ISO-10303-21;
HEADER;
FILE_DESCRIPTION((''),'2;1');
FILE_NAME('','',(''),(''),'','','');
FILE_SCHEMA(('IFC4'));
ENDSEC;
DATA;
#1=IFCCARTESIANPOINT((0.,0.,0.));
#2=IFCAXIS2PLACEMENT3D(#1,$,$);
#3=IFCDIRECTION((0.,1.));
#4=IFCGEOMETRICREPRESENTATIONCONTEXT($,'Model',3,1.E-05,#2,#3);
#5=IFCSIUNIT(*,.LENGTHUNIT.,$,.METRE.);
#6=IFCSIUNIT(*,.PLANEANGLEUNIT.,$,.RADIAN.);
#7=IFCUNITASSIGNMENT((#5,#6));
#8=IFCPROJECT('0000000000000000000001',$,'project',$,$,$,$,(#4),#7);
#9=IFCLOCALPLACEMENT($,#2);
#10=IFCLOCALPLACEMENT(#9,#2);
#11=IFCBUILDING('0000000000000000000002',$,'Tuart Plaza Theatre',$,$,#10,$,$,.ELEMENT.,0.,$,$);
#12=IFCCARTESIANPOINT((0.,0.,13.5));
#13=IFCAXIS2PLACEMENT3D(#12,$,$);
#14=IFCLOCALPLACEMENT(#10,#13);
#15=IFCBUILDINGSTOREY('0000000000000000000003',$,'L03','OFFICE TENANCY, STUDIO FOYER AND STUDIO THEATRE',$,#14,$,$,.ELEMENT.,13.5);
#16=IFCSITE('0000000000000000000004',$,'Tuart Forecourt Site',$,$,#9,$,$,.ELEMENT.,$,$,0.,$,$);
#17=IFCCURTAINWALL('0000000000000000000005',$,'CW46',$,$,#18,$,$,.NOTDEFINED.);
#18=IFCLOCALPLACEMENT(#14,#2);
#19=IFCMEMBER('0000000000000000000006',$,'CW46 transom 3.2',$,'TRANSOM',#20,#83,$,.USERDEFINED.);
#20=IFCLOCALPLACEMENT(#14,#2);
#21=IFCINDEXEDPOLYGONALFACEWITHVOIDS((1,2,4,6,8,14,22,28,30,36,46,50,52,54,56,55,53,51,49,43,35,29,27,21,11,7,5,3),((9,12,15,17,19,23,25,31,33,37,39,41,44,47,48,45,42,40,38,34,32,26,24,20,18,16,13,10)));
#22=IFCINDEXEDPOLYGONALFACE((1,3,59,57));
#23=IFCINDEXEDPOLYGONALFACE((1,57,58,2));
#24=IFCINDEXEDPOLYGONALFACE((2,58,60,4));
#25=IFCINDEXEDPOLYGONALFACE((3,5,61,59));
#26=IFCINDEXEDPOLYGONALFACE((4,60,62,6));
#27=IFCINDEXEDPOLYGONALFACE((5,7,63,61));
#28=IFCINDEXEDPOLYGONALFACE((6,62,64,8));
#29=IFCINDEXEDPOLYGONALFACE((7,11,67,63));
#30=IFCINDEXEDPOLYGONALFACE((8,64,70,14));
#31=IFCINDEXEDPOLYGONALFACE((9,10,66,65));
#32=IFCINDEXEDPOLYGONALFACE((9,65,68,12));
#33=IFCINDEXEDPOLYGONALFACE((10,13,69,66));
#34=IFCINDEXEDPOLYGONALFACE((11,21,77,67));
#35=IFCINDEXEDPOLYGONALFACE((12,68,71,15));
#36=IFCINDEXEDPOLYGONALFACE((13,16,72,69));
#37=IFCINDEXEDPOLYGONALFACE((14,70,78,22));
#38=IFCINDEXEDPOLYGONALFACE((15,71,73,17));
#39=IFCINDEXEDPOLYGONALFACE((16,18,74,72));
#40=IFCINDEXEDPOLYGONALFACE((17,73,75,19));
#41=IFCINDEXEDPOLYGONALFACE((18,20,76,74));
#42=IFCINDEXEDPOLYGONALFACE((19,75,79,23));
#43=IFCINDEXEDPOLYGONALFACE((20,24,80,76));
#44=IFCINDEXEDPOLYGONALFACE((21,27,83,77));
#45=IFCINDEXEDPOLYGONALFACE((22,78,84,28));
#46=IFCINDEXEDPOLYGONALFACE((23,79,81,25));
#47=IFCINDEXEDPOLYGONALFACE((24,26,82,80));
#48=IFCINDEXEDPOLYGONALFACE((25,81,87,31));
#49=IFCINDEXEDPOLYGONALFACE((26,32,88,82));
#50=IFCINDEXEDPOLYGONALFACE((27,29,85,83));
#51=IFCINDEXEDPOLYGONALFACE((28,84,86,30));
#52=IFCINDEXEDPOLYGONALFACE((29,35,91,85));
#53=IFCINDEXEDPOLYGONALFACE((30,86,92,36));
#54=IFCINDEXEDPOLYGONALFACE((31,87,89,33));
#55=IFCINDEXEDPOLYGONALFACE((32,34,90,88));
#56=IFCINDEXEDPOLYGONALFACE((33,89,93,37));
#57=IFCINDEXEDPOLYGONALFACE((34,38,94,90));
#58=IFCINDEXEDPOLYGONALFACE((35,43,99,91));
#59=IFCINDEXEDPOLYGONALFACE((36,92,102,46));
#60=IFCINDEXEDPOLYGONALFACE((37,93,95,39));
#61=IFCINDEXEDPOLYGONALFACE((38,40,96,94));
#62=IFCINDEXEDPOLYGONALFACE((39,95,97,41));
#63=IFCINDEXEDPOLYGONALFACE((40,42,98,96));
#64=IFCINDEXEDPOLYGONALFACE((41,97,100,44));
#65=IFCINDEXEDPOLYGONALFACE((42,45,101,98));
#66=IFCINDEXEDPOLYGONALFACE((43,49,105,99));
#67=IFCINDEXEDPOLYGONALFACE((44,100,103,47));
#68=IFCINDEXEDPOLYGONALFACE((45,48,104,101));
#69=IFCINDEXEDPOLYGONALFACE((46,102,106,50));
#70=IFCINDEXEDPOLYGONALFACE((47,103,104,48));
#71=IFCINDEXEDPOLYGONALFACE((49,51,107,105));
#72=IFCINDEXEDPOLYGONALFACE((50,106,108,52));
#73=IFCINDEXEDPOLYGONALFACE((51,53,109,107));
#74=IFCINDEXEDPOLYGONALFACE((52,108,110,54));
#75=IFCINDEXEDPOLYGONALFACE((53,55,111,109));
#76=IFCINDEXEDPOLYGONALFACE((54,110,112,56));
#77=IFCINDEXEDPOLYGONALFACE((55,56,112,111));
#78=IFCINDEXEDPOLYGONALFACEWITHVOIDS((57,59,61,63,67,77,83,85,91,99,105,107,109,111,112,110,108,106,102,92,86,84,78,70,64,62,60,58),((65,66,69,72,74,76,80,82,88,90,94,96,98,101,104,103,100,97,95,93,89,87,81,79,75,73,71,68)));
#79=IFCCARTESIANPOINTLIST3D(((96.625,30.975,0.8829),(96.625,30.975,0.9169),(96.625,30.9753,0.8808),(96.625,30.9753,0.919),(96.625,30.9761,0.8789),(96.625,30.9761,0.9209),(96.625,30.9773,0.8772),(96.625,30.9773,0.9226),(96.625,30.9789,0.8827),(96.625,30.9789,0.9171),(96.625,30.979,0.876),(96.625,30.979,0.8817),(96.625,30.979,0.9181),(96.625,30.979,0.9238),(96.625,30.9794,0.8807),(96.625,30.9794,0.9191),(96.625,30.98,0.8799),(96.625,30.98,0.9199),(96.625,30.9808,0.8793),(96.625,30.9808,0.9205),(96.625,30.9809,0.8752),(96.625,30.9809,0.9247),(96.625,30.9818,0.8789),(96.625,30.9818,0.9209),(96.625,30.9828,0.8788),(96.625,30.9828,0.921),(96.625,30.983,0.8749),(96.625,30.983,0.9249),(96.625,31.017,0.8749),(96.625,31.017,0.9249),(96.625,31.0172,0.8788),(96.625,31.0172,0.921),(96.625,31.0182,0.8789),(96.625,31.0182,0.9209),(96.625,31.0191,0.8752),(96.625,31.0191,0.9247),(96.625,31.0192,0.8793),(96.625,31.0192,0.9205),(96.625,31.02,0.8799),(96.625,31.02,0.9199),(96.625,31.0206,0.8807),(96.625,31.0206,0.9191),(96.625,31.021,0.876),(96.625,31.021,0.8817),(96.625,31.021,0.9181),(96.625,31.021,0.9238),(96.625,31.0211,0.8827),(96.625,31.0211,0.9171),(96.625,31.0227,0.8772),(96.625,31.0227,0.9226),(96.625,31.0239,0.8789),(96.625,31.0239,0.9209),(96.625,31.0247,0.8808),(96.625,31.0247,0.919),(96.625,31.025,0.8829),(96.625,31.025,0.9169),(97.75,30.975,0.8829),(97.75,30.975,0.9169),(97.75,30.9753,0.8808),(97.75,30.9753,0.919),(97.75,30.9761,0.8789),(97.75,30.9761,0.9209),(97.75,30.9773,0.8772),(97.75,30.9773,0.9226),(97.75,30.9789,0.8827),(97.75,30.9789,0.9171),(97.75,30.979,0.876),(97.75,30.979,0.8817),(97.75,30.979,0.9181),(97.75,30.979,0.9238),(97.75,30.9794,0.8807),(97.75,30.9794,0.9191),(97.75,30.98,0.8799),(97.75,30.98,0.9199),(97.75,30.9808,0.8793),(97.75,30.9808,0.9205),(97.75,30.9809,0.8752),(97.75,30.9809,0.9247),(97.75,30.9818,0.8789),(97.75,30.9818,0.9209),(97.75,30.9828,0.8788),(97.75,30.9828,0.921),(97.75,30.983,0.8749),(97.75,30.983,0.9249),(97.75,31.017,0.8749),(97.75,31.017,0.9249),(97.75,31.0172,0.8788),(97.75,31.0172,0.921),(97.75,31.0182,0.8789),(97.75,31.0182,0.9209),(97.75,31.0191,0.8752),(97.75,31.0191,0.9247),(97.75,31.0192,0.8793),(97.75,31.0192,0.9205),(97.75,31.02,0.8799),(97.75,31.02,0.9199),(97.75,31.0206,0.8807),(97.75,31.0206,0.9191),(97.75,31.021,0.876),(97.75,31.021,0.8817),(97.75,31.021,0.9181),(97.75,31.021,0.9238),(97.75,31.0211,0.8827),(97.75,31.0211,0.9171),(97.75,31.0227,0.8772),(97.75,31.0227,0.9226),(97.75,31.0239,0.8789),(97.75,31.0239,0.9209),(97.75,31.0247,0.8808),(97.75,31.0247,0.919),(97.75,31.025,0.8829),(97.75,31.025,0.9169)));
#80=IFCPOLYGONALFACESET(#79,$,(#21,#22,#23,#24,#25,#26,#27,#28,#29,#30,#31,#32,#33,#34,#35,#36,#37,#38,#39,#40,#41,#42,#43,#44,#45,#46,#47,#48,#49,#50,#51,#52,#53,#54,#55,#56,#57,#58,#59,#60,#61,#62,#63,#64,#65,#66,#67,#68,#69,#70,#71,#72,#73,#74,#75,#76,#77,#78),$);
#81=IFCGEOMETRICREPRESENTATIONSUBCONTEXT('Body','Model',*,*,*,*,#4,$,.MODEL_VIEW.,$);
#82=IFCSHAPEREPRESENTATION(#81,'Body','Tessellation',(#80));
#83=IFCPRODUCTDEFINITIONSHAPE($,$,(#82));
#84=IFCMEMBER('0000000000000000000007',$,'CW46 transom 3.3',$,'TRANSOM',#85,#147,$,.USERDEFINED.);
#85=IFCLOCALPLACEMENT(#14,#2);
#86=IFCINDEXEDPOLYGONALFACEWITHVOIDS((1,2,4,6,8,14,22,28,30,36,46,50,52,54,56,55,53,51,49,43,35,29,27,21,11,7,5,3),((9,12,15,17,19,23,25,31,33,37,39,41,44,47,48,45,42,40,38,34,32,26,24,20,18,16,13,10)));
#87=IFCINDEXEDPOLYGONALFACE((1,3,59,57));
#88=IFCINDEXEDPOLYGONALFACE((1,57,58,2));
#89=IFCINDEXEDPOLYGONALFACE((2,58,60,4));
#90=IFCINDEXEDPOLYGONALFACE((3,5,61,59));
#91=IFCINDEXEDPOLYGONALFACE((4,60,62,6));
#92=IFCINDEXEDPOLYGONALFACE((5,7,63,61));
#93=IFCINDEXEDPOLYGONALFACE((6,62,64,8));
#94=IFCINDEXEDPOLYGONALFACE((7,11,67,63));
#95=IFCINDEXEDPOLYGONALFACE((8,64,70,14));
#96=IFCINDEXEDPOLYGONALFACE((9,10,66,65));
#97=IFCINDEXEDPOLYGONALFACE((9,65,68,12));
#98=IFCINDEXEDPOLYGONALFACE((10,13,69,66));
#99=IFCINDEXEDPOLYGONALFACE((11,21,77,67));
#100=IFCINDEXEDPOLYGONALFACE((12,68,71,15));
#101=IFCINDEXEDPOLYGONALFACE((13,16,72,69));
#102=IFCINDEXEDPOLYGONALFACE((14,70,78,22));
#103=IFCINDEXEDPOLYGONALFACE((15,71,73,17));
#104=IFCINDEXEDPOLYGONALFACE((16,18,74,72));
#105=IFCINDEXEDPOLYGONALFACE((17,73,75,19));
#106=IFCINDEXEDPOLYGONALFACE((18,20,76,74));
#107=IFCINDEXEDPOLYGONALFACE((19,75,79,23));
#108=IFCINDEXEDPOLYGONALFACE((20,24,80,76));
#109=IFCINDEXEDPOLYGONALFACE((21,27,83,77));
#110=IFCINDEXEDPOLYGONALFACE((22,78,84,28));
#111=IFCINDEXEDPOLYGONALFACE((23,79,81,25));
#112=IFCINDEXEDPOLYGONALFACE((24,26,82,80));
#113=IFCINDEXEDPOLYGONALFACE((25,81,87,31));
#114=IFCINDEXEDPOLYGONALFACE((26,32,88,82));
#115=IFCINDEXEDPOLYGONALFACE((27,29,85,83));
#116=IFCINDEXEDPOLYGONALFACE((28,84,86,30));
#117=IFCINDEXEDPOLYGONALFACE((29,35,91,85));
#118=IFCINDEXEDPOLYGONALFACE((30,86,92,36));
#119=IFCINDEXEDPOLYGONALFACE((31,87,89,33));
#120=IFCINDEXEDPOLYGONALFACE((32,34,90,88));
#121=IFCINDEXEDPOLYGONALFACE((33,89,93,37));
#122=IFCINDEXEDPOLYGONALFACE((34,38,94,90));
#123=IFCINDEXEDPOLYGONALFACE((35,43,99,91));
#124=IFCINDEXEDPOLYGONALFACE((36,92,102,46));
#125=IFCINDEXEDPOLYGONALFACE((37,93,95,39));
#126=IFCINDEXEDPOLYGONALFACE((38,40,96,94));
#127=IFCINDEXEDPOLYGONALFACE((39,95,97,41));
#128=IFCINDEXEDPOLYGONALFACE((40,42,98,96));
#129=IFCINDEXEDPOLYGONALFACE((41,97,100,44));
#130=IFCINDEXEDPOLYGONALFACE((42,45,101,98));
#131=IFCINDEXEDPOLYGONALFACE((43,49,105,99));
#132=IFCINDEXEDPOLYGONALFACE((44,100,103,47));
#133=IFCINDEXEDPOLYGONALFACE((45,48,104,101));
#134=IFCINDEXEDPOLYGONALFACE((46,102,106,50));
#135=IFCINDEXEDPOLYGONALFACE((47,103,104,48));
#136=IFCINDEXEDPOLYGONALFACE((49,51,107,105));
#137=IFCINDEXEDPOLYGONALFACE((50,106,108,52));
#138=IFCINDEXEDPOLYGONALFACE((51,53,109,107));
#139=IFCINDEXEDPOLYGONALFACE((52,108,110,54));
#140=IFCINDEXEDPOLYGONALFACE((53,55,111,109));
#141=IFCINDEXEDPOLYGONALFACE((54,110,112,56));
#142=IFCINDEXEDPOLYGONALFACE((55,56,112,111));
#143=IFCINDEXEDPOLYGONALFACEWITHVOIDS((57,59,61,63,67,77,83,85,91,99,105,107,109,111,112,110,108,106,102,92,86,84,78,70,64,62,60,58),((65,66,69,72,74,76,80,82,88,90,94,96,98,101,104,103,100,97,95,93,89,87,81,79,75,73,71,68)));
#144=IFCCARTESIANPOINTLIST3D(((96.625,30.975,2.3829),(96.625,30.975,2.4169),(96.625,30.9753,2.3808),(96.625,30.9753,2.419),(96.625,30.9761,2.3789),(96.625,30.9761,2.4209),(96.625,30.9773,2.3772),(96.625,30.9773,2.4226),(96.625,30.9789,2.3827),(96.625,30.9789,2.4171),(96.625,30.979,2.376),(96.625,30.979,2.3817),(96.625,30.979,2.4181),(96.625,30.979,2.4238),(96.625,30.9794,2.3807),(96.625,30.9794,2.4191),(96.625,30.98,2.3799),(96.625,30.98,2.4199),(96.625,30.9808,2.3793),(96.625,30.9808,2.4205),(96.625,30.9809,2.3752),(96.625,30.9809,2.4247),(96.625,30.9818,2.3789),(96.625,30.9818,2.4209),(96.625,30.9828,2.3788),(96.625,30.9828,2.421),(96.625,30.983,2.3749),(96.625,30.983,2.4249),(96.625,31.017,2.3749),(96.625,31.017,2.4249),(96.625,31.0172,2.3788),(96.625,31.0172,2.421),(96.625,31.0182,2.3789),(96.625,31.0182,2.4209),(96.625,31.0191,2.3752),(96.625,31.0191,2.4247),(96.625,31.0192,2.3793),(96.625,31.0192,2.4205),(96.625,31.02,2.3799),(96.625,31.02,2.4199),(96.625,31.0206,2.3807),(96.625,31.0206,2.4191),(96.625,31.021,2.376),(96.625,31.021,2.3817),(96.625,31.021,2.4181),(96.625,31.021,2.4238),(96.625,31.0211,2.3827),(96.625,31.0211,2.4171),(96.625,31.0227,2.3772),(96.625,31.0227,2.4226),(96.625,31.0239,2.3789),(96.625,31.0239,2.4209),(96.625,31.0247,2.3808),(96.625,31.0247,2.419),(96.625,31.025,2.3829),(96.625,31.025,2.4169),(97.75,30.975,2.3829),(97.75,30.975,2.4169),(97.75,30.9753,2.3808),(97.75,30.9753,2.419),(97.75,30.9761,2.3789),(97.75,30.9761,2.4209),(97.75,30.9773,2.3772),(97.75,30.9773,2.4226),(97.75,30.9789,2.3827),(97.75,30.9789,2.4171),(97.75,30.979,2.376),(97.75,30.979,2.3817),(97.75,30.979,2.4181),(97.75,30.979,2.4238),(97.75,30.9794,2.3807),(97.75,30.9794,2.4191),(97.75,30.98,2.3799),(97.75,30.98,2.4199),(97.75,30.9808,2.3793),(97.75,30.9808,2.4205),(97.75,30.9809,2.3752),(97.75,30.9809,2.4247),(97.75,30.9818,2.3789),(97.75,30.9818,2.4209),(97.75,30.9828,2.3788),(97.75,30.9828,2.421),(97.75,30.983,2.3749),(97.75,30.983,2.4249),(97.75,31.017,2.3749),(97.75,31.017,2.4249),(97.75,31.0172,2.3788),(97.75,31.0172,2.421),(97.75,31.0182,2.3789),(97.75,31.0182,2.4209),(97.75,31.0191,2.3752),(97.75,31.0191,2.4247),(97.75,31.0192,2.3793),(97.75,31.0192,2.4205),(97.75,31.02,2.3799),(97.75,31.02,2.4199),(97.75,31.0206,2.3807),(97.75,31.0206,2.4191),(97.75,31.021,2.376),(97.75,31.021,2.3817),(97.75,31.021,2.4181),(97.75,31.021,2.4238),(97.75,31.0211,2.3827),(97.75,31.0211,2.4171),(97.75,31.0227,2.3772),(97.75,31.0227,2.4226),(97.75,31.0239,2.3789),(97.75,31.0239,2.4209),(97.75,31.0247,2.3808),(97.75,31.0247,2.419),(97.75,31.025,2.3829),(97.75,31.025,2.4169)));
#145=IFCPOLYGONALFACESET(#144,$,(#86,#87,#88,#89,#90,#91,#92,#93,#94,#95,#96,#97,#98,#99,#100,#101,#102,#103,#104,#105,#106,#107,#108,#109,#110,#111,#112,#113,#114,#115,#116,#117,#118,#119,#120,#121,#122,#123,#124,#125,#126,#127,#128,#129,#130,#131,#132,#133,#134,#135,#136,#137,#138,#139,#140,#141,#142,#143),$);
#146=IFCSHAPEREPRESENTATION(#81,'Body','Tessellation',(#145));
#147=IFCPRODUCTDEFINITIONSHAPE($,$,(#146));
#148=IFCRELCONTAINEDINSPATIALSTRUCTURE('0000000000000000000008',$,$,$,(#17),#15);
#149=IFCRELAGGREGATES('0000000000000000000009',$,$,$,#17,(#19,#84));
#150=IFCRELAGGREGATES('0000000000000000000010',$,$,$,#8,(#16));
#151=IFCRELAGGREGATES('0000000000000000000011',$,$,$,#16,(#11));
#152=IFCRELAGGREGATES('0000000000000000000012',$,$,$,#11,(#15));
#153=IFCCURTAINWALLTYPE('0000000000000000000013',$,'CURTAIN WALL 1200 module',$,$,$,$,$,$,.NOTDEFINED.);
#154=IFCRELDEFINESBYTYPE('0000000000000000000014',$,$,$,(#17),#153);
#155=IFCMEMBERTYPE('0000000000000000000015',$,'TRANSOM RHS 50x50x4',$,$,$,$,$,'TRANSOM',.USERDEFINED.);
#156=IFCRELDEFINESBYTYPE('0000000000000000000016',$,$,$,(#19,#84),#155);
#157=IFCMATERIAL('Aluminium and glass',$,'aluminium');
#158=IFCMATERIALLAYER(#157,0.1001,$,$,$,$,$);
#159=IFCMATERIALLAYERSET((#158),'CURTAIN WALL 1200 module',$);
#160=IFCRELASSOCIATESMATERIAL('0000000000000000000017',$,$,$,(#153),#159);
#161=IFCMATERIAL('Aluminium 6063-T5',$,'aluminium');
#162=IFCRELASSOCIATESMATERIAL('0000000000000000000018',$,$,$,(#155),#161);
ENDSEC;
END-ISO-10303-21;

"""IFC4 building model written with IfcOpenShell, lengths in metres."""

from ifc_helpers import new_model, si_unit, direction, frame, origin, origin_2d, place, context, subcontext, project, spatial, hollow_rectangle, extrude, material, layer, layer_set, material_profile, profile_set, type_object, element, aggregate, save


model = new_model("IFC4")

# Units and contexts
model_context = context("Model", 3, precision=1e-05, world=origin(), true_north=direction((0.0, 1.0)))
body_context = subcontext(model_context, "Body", "Model", "MODEL_VIEW")
ifc_project = project(units=[si_unit("LENGTHUNIT", "METRE"), si_unit("PLANEANGLEUNIT", "RADIAN")], contexts=[model_context])

# Site, building, storey
site_placement = place(None, origin())
site = spatial("IfcSite", under=ifc_project, at=site_placement, Name="Tuart Forecourt Site", CompositionType="ELEMENT", RefElevation=0.0)
building_placement = place(site_placement, origin())
building = spatial("IfcBuilding", under=site, at=building_placement, Name="Tuart Plaza Theatre", CompositionType="ELEMENT", ElevationOfRefHeight=0.0)
storey_placement = place(building_placement, frame((0.0, 0.0, 13.5)))
storey = spatial("IfcBuildingStorey", under=building, at=storey_placement, Name="L03", Description="OFFICE TENANCY, STUDIO FOYER AND STUDIO THEATRE", CompositionType="ELEMENT", Elevation=13.5)

# Curtain wall, members
ifc_material_1 = material(Name="Aluminium and glass", Category="aluminium")
ifc_layer_1 = layer(ifc_material_1, 0.1001)
ifc_layer_set_1 = layer_set([ifc_layer_1], Name="CURTAIN WALL 1200 module")
curtain_wall_type = type_object("IfcCurtainWallType", Name="CURTAIN WALL 1200 module", PredefinedType="NOTDEFINED", material=ifc_layer_set_1)
curtain_wall_placement = place(storey_placement, origin())
curtain_wall = element("IfcCurtainWall", 1, at=curtain_wall_placement, inside=storey, type_object=curtain_wall_type, Name="CW46", PredefinedType="NOTDEFINED")
ifc_material_2 = material(Name="Aluminium 6063-T5", Category="aluminium")
ifc_material_profile_1 = material_profile(ifc_material_2, hollow_rectangle(XDim=0.05, YDim=0.05, WallThickness=0.0039, InnerFilletRadius=0.0039, OuterFilletRadius=0.0081, at=origin_2d()), Name="RHS 50x50x4")
ifc_profile_set_1 = profile_set([ifc_material_profile_1], Name="Aluminium 6063-T5")
member_type_1 = type_object("IfcMemberType", Name="TRANSOM RHS 50x50x4", ElementType="TRANSOM", PredefinedType="USERDEFINED", material=ifc_profile_set_1)
member_1_placement = place(storey_placement, frame((96.625, 31.0, 0.8999), z_axis=(1.0, 0.0, 0.0), x_axis=(0.0, 1.0, 0.0)))
member_1 = element("IfcMember", 2, at=member_1_placement, type_object=member_type_1, Name="CW46 transom 3.2", ObjectType="TRANSOM", PredefinedType="USERDEFINED", context=body_context, shape_type="SweptSolid", body=[
    extrude(hollow_rectangle(XDim=0.05, YDim=0.05, WallThickness=0.0039, InnerFilletRadius=0.0039, OuterFilletRadius=0.0081, at=origin_2d()), origin(), (0.0, 0.0, 1.0), 1.125),
])
member_2_placement = place(storey_placement, frame((96.625, 31.0, 2.3999), z_axis=(1.0, 0.0, 0.0), x_axis=(0.0, 1.0, 0.0)))
member_2 = element("IfcMember", 3, at=member_2_placement, type_object=member_type_1, Name="CW46 transom 3.3", ObjectType="TRANSOM", PredefinedType="USERDEFINED", context=body_context, shape_type="SweptSolid", body=[
    extrude(hollow_rectangle(XDim=0.05, YDim=0.05, WallThickness=0.0039, InnerFilletRadius=0.0039, OuterFilletRadius=0.0081, at=origin_2d()), origin(), (0.0, 0.0, 1.0), 1.125),
])
aggregate(curtain_wall, [member_1, member_2])

save(model, "model.ifc")
